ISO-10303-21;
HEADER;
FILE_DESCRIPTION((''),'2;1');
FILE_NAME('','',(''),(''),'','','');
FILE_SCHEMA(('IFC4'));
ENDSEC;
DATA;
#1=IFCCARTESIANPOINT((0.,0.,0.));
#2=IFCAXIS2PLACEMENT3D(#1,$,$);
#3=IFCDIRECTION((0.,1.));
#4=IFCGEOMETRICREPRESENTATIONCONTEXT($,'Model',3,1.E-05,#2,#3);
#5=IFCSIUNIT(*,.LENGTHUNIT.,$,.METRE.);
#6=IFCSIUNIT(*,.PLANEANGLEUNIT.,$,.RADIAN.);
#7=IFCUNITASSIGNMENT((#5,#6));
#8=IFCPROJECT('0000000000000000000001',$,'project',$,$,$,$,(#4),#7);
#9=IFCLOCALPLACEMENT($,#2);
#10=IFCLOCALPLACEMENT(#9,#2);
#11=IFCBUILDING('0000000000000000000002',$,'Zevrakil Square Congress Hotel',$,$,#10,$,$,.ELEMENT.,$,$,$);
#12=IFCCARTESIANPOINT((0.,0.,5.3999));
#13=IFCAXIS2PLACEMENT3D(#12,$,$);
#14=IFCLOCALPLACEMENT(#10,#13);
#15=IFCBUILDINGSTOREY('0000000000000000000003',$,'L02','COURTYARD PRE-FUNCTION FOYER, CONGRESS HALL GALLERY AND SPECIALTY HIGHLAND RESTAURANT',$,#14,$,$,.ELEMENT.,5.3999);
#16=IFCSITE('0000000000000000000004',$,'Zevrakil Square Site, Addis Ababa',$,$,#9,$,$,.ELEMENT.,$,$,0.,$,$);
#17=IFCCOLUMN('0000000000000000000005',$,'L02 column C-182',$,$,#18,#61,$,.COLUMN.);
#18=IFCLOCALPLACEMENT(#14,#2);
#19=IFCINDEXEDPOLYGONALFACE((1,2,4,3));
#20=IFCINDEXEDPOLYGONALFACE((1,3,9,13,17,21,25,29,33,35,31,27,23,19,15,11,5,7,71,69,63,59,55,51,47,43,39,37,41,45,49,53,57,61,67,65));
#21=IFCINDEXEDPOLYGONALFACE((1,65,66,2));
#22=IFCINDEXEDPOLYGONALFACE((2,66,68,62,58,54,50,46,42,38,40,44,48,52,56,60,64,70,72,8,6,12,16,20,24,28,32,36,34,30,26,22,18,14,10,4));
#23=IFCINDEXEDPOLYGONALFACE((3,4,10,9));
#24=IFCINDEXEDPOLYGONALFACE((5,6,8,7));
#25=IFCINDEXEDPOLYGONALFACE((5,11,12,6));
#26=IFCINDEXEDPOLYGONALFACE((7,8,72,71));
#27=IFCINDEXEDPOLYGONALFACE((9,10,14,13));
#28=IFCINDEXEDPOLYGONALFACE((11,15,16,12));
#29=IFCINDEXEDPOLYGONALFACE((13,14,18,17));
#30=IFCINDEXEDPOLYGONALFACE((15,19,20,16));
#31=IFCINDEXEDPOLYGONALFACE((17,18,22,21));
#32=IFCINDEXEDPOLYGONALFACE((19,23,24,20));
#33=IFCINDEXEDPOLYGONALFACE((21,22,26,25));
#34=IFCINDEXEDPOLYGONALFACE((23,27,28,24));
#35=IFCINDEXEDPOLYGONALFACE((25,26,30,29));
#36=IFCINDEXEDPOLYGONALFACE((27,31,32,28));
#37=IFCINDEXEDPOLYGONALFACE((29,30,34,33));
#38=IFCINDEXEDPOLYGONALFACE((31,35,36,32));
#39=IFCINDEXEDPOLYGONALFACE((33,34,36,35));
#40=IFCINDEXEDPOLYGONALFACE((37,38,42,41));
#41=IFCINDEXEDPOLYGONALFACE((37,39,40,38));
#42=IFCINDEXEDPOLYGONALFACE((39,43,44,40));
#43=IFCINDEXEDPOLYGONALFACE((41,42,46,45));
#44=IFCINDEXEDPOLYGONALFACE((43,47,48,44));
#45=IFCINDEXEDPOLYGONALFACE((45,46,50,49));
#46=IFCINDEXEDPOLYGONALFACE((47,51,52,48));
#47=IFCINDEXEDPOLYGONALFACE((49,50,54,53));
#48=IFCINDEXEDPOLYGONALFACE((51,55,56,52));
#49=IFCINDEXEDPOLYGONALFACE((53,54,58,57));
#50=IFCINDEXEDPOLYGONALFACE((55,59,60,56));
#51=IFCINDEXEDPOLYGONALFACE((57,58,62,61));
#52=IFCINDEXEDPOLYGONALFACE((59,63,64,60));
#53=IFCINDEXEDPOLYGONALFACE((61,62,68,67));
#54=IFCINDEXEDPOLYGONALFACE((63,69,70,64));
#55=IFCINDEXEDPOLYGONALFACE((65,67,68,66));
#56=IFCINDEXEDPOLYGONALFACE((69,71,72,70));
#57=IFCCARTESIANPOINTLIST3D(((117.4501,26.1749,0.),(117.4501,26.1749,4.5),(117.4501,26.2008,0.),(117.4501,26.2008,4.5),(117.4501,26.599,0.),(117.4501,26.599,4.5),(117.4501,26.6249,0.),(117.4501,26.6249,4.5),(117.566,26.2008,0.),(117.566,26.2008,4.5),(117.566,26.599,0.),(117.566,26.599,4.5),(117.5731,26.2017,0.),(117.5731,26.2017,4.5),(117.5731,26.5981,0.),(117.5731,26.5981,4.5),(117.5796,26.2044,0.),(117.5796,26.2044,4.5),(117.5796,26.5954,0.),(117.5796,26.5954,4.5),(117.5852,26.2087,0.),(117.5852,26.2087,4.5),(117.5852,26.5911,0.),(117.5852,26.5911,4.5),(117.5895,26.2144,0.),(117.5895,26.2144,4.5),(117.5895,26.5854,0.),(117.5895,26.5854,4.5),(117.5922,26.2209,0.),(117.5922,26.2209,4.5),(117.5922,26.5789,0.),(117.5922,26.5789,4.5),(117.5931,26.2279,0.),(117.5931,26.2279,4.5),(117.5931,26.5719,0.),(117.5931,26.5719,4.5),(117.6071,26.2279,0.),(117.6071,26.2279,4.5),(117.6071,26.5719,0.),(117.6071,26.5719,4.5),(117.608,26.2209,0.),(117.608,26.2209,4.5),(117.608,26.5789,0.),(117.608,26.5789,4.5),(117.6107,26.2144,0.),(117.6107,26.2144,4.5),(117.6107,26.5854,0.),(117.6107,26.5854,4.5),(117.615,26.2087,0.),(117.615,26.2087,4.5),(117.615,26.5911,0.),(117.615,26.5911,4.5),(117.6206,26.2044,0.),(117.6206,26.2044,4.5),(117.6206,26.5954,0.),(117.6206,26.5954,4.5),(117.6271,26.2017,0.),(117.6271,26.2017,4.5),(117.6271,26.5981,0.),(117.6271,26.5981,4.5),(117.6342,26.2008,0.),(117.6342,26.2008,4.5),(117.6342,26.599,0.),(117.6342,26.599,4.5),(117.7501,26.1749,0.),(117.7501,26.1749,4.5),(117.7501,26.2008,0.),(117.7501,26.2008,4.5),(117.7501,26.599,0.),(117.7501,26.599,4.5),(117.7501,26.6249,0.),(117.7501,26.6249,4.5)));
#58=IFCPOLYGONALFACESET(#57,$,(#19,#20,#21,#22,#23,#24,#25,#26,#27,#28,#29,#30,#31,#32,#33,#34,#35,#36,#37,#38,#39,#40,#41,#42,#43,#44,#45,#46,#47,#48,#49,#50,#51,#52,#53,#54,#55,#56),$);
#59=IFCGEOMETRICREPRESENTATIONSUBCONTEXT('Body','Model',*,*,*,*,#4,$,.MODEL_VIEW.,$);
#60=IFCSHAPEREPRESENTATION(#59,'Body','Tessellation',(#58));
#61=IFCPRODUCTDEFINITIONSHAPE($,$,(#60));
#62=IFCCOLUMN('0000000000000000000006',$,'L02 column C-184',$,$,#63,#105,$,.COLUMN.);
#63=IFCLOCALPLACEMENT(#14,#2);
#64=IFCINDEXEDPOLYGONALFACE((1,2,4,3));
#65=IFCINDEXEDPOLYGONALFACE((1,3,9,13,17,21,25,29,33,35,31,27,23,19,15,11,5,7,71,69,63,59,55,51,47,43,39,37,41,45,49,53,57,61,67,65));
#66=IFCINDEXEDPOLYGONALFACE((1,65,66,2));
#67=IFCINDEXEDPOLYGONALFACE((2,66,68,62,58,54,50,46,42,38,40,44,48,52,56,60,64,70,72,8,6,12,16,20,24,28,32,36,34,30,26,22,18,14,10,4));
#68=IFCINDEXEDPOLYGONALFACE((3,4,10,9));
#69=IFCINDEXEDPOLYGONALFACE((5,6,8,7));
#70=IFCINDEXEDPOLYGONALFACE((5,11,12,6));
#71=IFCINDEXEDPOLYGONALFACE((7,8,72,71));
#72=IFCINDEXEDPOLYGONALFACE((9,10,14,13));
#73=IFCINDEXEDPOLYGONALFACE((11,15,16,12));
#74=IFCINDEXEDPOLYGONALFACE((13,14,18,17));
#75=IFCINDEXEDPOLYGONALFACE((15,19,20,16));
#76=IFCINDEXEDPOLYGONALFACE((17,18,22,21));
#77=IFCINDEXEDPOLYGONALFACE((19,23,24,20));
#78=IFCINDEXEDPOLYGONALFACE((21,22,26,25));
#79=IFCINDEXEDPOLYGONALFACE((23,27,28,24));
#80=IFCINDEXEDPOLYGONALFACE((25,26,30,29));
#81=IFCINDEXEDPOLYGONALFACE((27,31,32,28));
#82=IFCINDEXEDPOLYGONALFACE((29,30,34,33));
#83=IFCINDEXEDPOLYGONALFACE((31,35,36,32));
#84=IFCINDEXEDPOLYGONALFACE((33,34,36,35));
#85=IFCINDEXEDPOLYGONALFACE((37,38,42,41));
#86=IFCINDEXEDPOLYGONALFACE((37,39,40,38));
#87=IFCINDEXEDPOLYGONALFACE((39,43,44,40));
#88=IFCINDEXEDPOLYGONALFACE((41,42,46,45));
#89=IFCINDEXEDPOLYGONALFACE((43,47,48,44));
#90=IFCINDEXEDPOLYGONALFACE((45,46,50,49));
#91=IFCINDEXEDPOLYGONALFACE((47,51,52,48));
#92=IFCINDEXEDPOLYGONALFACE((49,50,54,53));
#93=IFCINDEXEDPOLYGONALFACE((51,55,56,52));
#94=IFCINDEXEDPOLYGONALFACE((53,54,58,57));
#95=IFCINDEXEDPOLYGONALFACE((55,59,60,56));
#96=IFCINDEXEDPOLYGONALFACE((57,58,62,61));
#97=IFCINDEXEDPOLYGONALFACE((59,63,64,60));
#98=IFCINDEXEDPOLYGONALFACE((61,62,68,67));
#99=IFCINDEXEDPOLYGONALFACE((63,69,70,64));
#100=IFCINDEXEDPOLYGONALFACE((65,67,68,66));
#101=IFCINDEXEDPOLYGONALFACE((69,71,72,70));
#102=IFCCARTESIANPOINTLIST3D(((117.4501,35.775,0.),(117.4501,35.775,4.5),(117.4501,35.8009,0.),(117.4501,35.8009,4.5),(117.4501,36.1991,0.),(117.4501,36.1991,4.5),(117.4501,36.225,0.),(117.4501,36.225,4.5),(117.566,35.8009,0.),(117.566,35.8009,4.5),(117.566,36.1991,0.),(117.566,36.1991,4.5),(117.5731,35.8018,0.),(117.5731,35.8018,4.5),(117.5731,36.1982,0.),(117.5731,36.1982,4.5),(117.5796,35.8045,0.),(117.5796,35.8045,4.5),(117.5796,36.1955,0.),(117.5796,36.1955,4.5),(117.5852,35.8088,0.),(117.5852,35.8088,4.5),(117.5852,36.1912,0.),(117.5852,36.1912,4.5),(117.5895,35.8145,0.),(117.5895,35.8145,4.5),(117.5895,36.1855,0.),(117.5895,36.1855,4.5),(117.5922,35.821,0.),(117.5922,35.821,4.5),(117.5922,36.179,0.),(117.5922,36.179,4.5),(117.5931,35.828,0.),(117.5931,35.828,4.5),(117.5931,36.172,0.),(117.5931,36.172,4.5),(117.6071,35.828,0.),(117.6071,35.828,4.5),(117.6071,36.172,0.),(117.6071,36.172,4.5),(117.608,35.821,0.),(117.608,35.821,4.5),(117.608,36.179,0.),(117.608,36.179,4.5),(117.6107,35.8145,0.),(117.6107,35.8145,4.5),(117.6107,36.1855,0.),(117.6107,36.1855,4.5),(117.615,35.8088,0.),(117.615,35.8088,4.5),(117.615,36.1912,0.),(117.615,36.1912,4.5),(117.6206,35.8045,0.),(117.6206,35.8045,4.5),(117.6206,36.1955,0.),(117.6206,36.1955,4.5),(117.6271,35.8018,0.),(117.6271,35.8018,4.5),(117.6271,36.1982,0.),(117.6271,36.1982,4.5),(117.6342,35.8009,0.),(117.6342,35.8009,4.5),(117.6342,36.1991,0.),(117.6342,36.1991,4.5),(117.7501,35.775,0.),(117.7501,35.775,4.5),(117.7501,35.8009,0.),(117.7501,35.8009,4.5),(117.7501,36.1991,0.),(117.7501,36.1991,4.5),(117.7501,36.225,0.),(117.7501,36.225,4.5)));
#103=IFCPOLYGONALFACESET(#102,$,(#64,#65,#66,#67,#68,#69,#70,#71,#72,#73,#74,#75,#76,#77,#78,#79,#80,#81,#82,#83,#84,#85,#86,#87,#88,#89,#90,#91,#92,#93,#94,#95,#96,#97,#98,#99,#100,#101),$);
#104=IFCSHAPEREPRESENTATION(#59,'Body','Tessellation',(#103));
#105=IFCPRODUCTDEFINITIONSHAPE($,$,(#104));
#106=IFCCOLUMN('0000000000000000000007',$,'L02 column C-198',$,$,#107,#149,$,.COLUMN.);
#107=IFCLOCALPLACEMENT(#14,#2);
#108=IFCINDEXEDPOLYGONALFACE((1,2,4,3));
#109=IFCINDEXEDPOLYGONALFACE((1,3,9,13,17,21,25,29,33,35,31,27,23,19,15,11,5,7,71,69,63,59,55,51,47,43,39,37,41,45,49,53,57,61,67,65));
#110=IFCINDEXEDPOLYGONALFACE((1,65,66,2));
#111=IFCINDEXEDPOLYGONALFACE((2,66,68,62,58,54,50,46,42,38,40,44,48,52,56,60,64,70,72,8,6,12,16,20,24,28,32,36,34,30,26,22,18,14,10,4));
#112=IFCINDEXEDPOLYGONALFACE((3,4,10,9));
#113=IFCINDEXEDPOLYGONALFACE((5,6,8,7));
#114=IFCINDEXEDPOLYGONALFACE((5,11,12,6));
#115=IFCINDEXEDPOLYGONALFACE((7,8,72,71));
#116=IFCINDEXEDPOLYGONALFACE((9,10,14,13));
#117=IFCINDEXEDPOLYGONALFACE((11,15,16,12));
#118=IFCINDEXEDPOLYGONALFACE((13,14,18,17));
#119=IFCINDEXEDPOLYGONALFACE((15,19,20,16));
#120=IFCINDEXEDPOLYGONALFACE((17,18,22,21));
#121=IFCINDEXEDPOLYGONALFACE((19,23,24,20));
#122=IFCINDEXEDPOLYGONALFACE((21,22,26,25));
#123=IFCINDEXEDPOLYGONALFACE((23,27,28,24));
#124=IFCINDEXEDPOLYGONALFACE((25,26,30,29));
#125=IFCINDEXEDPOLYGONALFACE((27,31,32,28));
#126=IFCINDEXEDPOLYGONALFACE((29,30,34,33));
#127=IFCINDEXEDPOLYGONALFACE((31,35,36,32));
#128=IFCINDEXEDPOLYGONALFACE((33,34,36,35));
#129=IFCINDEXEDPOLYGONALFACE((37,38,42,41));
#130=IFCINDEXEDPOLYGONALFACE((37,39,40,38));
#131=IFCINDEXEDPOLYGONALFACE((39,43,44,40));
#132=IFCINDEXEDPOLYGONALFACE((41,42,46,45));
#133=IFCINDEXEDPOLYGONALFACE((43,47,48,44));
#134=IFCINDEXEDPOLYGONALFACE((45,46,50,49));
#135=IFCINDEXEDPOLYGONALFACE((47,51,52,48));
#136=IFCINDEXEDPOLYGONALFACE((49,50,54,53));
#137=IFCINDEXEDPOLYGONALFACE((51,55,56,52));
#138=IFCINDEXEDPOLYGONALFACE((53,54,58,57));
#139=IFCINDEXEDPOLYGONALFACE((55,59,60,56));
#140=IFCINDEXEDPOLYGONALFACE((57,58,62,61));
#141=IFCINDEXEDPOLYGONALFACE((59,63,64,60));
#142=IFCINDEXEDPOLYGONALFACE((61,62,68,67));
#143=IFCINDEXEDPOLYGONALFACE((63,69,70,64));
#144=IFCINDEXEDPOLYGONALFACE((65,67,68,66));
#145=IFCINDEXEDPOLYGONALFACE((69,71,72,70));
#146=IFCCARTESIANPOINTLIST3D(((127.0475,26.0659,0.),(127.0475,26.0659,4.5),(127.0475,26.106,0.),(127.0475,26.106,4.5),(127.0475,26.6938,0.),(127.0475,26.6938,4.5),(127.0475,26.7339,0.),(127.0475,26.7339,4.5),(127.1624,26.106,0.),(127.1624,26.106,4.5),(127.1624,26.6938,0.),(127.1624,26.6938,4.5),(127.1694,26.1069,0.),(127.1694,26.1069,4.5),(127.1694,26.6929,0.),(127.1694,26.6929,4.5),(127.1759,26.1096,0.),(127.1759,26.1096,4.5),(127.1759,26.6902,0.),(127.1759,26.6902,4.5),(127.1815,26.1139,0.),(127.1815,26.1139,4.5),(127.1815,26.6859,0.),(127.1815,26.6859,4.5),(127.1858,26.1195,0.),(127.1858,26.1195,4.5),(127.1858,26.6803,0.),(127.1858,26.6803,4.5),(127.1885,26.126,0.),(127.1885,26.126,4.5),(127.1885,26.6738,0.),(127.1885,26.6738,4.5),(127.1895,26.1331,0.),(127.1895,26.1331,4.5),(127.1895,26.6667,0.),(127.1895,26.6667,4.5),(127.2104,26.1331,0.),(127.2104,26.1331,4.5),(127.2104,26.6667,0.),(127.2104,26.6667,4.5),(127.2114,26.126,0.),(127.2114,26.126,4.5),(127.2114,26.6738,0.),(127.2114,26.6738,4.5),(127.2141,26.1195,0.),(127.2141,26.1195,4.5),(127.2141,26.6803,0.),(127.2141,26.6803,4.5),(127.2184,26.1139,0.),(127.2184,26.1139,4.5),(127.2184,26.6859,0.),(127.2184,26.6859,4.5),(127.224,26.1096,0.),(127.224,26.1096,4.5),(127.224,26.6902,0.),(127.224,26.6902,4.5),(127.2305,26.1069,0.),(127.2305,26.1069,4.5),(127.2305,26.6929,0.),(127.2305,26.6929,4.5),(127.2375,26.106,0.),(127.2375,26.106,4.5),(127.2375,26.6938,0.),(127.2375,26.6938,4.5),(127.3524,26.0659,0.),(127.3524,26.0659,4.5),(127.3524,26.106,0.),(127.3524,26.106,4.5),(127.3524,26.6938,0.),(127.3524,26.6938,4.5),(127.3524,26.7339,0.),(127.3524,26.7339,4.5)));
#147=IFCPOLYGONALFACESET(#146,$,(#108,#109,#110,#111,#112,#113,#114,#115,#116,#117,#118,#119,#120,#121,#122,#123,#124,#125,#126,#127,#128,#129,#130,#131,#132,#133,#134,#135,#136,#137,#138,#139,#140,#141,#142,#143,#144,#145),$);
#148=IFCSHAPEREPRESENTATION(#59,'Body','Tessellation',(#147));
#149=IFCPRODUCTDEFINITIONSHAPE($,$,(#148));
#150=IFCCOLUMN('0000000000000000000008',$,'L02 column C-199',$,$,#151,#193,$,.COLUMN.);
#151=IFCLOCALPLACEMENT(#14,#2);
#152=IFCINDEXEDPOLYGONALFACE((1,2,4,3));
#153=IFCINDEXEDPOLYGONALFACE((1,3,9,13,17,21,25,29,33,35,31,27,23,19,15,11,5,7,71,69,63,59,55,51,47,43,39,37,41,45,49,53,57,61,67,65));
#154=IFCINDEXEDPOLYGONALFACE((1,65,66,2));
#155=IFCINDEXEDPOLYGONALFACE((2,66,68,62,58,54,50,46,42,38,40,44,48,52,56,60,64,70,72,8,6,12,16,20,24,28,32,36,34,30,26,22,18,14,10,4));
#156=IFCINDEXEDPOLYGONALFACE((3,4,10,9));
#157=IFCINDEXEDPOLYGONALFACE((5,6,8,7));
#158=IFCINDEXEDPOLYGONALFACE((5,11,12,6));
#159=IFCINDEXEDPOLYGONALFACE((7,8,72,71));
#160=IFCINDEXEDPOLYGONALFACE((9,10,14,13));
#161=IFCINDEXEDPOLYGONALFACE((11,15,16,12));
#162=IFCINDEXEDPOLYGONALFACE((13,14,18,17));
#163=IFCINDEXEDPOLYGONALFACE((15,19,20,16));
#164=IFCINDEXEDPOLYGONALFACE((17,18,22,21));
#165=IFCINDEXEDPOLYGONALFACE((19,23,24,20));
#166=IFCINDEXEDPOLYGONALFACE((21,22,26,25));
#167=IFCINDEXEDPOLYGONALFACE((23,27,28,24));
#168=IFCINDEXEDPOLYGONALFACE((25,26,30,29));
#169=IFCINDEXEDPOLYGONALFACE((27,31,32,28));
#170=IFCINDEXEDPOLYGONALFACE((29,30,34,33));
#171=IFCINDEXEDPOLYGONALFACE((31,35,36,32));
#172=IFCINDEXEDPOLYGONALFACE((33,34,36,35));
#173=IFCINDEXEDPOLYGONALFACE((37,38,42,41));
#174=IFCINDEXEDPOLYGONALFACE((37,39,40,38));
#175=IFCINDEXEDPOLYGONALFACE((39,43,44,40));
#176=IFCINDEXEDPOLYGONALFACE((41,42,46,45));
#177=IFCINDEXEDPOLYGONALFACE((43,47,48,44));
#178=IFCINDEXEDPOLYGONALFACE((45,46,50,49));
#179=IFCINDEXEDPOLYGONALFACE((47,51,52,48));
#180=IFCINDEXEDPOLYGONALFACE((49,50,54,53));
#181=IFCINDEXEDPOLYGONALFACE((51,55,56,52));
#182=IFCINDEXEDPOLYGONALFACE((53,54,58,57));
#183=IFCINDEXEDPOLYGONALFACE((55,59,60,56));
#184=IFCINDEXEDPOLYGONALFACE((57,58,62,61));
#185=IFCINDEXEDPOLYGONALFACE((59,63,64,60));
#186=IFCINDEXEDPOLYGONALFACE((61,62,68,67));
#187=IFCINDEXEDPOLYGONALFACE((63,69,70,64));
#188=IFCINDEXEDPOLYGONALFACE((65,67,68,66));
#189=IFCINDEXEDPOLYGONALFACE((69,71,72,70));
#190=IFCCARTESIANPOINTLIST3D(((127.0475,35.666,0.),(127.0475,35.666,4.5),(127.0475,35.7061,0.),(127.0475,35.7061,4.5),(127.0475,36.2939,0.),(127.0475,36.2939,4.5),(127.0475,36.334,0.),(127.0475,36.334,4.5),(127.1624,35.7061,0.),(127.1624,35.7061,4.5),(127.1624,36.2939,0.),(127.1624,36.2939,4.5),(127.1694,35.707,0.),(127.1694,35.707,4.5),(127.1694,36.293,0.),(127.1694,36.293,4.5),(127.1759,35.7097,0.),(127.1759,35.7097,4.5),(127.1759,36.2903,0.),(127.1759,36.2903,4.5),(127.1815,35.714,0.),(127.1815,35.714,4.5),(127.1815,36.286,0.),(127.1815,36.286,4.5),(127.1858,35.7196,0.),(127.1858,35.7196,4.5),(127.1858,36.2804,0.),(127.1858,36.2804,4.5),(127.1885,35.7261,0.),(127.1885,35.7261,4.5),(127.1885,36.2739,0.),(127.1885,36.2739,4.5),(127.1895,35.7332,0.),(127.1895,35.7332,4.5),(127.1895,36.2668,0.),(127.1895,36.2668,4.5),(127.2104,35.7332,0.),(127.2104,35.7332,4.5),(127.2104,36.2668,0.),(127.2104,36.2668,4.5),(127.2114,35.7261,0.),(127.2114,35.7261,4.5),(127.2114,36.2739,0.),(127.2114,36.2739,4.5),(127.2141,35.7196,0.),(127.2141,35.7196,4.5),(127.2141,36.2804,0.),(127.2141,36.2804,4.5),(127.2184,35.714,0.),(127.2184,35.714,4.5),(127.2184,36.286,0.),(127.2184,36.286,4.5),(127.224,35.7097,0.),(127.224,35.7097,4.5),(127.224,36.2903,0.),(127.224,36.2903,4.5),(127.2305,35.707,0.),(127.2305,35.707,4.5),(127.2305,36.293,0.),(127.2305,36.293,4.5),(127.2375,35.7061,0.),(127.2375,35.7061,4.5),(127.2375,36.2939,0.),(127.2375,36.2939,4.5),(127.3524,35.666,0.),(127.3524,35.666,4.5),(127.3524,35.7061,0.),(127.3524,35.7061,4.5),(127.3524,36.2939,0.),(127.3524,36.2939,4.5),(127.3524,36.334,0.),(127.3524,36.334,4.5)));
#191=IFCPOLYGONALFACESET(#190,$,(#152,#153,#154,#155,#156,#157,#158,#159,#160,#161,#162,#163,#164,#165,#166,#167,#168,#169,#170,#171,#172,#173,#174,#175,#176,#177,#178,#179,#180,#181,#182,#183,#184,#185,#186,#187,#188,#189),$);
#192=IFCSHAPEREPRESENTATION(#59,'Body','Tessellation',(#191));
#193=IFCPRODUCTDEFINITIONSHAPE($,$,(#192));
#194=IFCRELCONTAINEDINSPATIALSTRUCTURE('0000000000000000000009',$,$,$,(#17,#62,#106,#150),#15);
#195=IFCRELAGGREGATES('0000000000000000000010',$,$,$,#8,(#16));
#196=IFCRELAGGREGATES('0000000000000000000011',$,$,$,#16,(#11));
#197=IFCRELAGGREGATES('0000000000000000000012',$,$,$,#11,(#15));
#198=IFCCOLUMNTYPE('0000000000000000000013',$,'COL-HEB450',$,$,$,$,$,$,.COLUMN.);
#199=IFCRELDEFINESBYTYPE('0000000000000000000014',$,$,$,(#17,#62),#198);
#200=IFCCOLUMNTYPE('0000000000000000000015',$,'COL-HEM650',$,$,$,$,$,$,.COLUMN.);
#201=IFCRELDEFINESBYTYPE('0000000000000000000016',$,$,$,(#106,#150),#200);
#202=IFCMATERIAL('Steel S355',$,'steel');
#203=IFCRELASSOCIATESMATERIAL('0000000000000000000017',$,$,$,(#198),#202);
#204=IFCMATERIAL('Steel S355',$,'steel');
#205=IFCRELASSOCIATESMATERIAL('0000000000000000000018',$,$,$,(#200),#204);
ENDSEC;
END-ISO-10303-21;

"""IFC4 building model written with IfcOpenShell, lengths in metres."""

from ifc_helpers import new_model, si_unit, direction, frame, origin, origin_2d, place, context, subcontext, project, spatial, i_section, extrude, material, material_profile, profile_set, type_object, element, save


model = new_model("IFC4")

# Units and contexts
model_context = context("Model", 3, precision=1e-05, world=origin(), true_north=direction((0.0, 1.0)))
body_context = subcontext(model_context, "Body", "Model", "MODEL_VIEW")
ifc_project = project(units=[si_unit("LENGTHUNIT", "METRE"), si_unit("PLANEANGLEUNIT", "RADIAN")], contexts=[model_context])

# Site, building, storey
site_placement = place(None, origin())
site = spatial("IfcSite", under=ifc_project, at=site_placement, Name="Zevrakil Square Site, Addis Ababa", CompositionType="ELEMENT", RefElevation=0.0)
building_placement = place(site_placement, origin())
building = spatial("IfcBuilding", under=site, at=building_placement, Name="Zevrakil Square Congress Hotel", CompositionType="ELEMENT")
storey_placement = place(building_placement, frame((0.0, 0.0, 5.3999)))
storey = spatial("IfcBuildingStorey", under=building, at=storey_placement, Name="L02", Description="COURTYARD PRE-FUNCTION FOYER, CONGRESS HALL GALLERY AND SPECIALTY HIGHLAND RESTAURANT", CompositionType="ELEMENT", Elevation=5.3999)

# Columns
ifc_material_1 = material(Name="Steel S355", Category="steel")
ifc_material_profile_1 = material_profile(ifc_material_1, i_section(OverallWidth=0.3, OverallDepth=0.45, WebThickness=0.0139, FlangeThickness=0.0259, FilletRadius=0.0271, at=origin_2d()), Name="HEB 450")
ifc_profile_set_1 = profile_set([ifc_material_profile_1], Name="Steel S355")
column_type_1 = type_object("IfcColumnType", Name="COL-HEB450", PredefinedType="COLUMN", material=ifc_profile_set_1)
for number, where, z_axis, x_axis, name in (
    (1, (117.6001, 26.3999, 0.0), (0.0, 0.0, 1.0), (1.0, 0.0, 0.0), "L02 column C-182"),
    (2, (117.6001, 36.0, 0.0), (0.0, 0.0, 1.0), (1.0, 0.0, 0.0), "L02 column C-184"),
):
    element("IfcColumn", number, at=place(storey_placement, frame(where, z_axis=z_axis, x_axis=x_axis)), inside=storey, type_object=column_type_1, Name=name, PredefinedType="COLUMN", context=body_context, shape_type="SweptSolid", body=[
        extrude(i_section(OverallWidth=0.3, OverallDepth=0.45, WebThickness=0.0139, FlangeThickness=0.0259, FilletRadius=0.0271, at=origin_2d()), origin(), (0.0, 0.0, 1.0), 4.5),
    ])
ifc_material_2 = material(Name="Steel S355", Category="steel")
ifc_material_profile_2 = material_profile(ifc_material_2, i_section(OverallWidth=0.3049, OverallDepth=0.668, WebThickness=0.021, FlangeThickness=0.04, FilletRadius=0.0271, at=origin_2d()), Name="HEM 650")
ifc_profile_set_2 = profile_set([ifc_material_profile_2], Name="Steel S355")
column_type_2 = type_object("IfcColumnType", Name="COL-HEM650", PredefinedType="COLUMN", material=ifc_profile_set_2)
for number, where, z_axis, x_axis, name in (
    (3, (127.2, 26.3999, 0.0), (0.0, 0.0, 1.0), (1.0, 0.0, 0.0), "L02 column C-198"),
    (4, (127.2, 36.0, 0.0), (0.0, 0.0, 1.0), (1.0, 0.0, 0.0), "L02 column C-199"),
):
    element("IfcColumn", number, at=place(storey_placement, frame(where, z_axis=z_axis, x_axis=x_axis)), inside=storey, type_object=column_type_2, Name=name, PredefinedType="COLUMN", context=body_context, shape_type="SweptSolid", body=[
        extrude(i_section(OverallWidth=0.3049, OverallDepth=0.668, WebThickness=0.021, FlangeThickness=0.04, FilletRadius=0.0271, at=origin_2d()), origin(), (0.0, 0.0, 1.0), 4.5),
    ])

save(model, "model.ifc")
